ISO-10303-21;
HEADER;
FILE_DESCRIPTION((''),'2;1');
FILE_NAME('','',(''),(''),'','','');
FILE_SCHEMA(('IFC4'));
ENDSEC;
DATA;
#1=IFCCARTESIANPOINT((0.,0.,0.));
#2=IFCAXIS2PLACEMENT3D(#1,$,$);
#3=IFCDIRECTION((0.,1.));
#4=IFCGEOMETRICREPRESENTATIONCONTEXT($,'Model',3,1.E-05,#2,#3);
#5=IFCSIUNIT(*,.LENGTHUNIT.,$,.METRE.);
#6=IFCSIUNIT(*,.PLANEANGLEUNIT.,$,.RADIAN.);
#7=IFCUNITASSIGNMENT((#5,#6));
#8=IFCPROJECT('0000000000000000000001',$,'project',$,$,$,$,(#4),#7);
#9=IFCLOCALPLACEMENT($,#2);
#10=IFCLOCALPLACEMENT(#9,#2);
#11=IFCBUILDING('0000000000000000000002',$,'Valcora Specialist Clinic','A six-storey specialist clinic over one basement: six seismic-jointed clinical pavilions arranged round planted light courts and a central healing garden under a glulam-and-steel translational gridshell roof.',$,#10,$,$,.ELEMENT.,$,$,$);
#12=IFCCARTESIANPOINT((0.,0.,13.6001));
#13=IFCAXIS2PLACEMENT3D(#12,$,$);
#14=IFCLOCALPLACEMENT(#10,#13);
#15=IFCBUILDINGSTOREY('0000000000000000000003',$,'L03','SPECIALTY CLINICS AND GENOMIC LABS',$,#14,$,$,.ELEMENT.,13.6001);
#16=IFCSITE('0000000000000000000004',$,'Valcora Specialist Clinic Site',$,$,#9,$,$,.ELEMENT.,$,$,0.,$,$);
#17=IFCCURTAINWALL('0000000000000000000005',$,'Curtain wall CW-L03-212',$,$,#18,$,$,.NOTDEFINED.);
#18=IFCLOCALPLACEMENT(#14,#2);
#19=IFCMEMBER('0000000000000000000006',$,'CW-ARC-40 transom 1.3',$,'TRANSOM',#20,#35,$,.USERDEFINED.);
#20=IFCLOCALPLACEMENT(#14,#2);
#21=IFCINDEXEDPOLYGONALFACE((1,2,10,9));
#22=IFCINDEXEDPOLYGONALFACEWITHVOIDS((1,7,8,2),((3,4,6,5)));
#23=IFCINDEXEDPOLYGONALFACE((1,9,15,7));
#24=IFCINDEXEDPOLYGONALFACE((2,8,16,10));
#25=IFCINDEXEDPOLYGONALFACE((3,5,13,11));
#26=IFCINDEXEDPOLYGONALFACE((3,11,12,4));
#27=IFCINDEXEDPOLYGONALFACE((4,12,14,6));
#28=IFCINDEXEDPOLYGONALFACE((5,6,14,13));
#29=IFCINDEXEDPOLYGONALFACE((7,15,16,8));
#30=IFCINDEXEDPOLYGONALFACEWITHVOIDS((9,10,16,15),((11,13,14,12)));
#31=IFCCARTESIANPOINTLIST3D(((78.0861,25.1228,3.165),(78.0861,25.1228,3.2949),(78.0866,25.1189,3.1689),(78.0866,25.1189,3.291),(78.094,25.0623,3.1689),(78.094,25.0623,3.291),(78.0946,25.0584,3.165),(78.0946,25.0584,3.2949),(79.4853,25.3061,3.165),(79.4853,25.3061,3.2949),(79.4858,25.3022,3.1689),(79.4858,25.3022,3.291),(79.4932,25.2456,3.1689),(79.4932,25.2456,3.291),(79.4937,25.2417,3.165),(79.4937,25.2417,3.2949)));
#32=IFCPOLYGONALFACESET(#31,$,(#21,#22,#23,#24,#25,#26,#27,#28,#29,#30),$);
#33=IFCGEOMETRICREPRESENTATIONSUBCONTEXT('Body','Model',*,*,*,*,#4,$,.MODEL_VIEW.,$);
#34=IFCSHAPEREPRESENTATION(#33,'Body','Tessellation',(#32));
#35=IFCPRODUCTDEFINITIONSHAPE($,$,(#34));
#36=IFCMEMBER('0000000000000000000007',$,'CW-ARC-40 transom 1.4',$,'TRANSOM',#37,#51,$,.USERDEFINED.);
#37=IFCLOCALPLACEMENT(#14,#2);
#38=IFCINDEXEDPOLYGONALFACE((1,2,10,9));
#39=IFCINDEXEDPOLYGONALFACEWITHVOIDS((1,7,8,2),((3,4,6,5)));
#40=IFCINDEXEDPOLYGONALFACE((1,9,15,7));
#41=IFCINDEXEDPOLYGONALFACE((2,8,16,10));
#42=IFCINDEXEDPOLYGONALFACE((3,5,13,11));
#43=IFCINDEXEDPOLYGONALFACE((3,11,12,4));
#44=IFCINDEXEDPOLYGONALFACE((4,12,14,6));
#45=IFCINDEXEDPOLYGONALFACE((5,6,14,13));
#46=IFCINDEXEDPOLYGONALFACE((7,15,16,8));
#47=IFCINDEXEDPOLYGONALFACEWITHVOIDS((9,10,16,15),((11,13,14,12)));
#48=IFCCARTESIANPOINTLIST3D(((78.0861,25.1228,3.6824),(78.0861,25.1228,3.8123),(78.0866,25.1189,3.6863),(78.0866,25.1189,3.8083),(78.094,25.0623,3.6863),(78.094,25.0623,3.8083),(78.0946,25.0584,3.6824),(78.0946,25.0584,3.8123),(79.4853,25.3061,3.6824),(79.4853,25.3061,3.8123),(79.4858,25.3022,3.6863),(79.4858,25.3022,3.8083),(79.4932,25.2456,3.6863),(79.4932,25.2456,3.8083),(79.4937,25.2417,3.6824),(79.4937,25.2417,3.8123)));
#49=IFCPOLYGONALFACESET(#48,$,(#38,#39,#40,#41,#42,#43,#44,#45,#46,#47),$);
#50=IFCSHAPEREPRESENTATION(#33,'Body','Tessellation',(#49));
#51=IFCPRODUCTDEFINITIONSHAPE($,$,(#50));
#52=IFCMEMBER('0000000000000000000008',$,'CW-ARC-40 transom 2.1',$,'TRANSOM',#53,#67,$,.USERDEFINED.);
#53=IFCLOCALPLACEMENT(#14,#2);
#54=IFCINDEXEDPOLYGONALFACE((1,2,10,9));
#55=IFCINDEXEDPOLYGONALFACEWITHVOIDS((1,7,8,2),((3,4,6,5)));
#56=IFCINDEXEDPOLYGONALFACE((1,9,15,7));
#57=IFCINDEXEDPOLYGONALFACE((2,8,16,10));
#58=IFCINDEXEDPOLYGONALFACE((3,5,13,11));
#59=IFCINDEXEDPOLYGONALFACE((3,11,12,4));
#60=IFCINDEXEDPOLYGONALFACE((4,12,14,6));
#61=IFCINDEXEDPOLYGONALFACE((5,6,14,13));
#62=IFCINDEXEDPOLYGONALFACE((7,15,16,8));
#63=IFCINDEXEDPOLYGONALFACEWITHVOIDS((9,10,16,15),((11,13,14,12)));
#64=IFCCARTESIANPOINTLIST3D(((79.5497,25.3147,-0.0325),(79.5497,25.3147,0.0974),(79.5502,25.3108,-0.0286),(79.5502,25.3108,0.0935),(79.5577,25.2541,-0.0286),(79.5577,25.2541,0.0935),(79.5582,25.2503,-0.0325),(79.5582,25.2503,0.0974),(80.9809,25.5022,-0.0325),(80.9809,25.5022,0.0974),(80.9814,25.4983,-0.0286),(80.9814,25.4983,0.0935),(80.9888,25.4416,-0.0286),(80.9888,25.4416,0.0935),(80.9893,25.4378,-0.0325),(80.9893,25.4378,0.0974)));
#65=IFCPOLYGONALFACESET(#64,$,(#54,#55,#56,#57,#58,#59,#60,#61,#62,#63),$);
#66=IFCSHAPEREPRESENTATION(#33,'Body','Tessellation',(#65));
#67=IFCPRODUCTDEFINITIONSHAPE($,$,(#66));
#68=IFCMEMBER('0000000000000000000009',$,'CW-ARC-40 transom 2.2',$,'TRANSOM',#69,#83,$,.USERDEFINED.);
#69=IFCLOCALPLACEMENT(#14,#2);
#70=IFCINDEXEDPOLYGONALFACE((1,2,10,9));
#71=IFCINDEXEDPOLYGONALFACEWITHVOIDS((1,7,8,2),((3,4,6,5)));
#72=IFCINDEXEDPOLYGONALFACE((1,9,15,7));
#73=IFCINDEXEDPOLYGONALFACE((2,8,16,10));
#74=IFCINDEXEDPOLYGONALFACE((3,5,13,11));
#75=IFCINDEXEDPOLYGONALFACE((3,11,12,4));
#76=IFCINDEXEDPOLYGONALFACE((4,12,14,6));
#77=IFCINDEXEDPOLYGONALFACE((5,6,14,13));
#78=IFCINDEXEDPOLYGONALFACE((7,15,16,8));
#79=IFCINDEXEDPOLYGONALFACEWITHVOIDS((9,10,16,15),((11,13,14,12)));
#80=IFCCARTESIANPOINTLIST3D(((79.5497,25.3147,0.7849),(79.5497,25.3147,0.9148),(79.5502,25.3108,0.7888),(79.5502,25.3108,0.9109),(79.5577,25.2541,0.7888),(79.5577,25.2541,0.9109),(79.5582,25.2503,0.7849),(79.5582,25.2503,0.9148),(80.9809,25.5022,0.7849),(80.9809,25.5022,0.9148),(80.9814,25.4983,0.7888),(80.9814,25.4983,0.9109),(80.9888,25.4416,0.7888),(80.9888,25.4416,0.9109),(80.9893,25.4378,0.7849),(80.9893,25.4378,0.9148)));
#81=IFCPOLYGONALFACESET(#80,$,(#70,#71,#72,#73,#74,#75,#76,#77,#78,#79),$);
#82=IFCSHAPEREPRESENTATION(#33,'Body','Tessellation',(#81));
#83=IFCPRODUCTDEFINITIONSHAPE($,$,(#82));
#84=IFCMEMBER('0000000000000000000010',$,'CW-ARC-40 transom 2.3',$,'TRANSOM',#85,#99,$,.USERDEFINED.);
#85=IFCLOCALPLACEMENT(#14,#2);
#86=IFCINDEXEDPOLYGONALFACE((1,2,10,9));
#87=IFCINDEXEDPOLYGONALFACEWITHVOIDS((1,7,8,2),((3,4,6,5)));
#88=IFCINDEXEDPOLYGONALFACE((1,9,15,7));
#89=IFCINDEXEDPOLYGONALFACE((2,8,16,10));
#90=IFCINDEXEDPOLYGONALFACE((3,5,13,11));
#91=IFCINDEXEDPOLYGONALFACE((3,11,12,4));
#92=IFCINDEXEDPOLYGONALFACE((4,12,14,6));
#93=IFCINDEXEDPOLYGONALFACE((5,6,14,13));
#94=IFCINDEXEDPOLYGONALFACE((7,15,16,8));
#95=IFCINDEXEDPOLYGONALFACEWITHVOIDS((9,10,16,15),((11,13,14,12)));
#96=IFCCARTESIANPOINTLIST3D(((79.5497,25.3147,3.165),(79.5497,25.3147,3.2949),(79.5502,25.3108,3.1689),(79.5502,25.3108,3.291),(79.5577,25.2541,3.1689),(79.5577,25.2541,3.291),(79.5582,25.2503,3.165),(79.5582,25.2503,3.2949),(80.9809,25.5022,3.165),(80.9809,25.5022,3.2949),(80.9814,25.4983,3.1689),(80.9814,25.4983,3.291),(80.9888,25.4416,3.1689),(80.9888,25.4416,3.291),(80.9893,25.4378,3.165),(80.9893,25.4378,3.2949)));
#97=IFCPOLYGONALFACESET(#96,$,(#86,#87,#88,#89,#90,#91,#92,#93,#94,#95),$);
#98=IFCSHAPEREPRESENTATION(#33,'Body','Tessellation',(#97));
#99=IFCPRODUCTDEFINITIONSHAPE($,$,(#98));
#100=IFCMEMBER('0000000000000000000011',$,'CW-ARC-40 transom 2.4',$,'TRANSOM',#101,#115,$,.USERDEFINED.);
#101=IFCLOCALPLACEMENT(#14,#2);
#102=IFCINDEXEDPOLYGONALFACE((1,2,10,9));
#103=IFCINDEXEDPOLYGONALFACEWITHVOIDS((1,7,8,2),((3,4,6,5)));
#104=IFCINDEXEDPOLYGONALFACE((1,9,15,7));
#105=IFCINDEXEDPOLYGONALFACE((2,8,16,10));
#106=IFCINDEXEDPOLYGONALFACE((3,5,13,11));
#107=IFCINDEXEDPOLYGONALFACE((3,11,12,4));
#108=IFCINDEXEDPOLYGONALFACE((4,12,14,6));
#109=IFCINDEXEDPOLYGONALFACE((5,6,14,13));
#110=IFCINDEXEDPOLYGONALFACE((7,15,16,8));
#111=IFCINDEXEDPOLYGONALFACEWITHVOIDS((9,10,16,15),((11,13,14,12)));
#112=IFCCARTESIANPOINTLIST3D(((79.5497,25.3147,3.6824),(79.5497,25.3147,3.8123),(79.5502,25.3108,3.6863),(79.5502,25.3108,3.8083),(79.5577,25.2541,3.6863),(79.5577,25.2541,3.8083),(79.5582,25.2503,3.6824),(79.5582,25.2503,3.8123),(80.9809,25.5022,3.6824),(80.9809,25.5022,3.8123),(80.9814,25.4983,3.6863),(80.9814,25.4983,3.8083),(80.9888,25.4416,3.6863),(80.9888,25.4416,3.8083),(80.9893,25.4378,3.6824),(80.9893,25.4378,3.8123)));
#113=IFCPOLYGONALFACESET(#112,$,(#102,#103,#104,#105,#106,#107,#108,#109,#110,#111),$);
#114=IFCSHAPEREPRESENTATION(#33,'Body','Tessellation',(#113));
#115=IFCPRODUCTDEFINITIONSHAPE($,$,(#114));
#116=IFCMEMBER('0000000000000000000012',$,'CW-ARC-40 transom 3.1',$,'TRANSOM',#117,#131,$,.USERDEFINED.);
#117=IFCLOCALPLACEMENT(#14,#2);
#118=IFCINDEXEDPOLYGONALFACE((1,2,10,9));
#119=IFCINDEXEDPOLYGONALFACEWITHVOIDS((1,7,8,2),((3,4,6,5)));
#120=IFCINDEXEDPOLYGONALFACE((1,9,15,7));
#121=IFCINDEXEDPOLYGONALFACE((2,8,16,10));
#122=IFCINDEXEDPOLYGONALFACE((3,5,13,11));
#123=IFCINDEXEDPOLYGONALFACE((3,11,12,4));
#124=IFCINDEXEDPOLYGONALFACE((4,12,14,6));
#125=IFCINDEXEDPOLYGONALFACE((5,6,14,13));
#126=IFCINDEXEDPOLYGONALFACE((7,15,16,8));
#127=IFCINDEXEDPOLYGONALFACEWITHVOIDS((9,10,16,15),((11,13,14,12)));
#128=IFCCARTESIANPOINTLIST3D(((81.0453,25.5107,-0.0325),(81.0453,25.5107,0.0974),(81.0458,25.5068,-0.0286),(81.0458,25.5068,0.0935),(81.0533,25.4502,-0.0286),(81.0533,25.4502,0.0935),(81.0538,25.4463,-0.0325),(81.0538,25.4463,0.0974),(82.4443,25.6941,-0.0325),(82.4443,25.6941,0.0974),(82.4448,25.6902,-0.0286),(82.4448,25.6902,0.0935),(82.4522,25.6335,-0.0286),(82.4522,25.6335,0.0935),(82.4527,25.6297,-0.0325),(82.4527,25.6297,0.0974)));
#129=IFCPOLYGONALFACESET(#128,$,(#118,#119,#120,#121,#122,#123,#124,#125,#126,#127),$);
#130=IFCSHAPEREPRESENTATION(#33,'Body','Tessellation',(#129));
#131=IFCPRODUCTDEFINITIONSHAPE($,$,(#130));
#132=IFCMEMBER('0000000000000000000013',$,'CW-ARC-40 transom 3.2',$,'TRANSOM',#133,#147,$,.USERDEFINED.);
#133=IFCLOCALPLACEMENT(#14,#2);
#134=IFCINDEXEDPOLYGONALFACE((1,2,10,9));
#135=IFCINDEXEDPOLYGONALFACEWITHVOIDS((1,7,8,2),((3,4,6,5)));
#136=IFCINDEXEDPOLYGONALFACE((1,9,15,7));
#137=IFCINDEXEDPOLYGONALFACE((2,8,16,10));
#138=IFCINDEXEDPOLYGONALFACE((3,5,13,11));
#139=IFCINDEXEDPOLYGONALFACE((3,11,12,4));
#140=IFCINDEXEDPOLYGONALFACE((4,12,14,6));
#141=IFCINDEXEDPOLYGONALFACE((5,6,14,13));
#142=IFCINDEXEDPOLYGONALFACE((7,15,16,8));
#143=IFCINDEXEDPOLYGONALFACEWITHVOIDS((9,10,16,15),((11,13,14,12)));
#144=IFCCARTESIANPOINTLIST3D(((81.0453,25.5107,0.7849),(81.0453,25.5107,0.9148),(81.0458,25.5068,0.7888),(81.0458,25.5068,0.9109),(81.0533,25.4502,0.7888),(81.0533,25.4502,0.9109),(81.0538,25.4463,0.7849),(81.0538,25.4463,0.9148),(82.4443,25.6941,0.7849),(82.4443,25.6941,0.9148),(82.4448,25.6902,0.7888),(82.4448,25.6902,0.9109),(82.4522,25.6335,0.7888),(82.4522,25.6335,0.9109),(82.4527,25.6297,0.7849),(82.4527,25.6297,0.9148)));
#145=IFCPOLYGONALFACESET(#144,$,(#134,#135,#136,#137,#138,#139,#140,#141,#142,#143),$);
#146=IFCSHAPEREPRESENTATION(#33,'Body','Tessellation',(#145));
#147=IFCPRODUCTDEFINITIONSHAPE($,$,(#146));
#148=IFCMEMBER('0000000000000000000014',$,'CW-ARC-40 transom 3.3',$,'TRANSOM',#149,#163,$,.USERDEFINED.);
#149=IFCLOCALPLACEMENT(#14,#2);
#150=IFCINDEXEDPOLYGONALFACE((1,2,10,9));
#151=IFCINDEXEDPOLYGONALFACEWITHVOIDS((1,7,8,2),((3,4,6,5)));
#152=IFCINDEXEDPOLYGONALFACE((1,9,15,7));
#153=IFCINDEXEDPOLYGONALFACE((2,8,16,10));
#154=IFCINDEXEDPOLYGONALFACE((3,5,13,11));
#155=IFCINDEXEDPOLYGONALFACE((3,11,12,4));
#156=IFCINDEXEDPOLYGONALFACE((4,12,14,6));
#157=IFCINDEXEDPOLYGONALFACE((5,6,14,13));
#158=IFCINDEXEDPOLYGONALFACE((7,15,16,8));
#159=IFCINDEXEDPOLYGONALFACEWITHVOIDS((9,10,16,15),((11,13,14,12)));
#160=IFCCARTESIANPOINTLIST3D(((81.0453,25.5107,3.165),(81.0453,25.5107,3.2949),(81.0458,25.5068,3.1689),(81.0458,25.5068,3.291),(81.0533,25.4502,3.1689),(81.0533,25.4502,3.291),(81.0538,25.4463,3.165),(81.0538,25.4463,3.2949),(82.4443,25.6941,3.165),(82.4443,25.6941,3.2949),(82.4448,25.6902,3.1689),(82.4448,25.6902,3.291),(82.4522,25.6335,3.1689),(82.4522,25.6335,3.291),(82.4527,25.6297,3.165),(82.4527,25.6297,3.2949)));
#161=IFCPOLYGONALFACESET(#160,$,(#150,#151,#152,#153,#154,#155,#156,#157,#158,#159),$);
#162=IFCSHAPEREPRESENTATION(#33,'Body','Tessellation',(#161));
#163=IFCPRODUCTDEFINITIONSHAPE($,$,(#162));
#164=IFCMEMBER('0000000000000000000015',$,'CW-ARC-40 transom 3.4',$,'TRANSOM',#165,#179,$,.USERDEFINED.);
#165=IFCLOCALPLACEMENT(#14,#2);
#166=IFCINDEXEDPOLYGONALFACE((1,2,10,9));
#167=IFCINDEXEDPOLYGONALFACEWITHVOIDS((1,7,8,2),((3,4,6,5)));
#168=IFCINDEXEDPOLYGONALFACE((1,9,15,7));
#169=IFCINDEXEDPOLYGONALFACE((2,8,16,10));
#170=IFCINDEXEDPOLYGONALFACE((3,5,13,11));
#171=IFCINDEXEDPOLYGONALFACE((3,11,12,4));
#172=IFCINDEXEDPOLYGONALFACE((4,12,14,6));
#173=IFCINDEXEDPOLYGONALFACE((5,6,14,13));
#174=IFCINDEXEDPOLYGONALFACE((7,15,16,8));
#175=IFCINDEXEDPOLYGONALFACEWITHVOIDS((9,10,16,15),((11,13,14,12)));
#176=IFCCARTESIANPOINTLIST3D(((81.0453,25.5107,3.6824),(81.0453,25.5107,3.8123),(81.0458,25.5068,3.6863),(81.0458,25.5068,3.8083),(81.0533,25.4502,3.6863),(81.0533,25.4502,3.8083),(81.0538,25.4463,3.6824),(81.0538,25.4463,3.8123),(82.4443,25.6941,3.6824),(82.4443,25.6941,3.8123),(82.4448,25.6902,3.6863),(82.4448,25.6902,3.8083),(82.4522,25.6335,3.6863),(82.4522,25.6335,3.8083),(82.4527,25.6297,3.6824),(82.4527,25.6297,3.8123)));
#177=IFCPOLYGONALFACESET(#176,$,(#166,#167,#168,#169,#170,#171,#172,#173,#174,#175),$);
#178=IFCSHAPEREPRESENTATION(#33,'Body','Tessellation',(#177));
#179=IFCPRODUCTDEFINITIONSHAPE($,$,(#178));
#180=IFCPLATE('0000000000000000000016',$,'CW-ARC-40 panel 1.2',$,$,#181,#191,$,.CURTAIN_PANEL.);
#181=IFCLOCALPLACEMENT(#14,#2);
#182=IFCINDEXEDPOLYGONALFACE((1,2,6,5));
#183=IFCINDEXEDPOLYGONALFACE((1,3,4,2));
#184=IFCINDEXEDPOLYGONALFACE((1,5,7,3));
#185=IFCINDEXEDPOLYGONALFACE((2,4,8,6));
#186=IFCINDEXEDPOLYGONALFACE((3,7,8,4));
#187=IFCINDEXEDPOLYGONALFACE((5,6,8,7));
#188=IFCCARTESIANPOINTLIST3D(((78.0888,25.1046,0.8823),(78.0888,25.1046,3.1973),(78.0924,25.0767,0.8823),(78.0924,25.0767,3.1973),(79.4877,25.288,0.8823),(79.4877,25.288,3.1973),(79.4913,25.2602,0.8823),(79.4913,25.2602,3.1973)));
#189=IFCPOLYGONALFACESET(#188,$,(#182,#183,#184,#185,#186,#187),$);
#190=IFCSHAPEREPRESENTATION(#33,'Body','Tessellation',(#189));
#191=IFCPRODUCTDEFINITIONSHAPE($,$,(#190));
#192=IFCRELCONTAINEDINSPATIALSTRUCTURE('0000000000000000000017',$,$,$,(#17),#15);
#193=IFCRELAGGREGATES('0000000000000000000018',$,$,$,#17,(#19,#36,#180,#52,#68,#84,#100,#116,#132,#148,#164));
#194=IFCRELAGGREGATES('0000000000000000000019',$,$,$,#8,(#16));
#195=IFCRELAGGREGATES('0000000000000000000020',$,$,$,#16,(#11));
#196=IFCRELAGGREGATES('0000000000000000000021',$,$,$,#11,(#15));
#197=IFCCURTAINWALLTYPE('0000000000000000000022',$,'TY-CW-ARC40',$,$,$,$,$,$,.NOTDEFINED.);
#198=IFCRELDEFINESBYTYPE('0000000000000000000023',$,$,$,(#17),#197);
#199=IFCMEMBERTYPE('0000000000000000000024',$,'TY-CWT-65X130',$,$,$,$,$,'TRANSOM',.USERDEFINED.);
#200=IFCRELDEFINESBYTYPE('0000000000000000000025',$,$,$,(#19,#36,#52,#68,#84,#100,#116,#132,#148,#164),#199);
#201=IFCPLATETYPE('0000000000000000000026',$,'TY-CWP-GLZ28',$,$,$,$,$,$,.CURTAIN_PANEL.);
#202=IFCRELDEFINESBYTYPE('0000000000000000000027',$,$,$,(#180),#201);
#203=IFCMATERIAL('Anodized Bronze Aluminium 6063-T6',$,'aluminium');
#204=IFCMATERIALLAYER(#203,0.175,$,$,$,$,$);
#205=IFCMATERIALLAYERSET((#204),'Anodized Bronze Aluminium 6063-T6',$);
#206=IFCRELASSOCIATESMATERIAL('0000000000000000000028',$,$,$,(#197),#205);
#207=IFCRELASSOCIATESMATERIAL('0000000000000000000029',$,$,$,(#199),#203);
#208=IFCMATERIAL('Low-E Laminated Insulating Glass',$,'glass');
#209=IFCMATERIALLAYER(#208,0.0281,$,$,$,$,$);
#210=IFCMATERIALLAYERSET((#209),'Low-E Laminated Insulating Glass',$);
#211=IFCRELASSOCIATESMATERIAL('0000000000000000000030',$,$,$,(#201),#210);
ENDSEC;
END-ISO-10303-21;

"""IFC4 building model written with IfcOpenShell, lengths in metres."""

from ifc_helpers import new_model, si_unit, direction, frame, origin, origin_2d, place, context, subcontext, project, spatial, rectangle, hollow_rectangle, extrude, material, layer, layer_set, material_profile, profile_set, type_object, element, aggregate, save


model = new_model("IFC4")

# Units and contexts
model_context = context("Model", 3, precision=1e-05, world=origin(), true_north=direction((0.0, 1.0)))
body_context = subcontext(model_context, "Body", "Model", "MODEL_VIEW")
ifc_project = project(units=[si_unit("LENGTHUNIT", "METRE"), si_unit("PLANEANGLEUNIT", "RADIAN")], contexts=[model_context])

# Site, building, storey
site_placement = place(None, origin())
site = spatial("IfcSite", under=ifc_project, at=site_placement, Name="Valcora Specialist Clinic Site", CompositionType="ELEMENT", RefElevation=0.0)
building_placement = place(site_placement, origin())
building = spatial("IfcBuilding", under=site, at=building_placement, Name="Valcora Specialist Clinic", Description="A six-storey specialist clinic over one basement: six seismic-jointed clinical pavilions arranged round planted light courts and a central healing garden under a glulam-and-steel translational gridshell roof.", CompositionType="ELEMENT")
storey_placement = place(building_placement, frame((0.0, 0.0, 13.6001)))
storey = spatial("IfcBuildingStorey", under=building, at=storey_placement, Name="L03", Description="SPECIALTY CLINICS AND GENOMIC LABS", CompositionType="ELEMENT", Elevation=13.6001)

# Curtain wall
ifc_material_1 = material(Name="Anodized Bronze Aluminium 6063-T6", Category="aluminium")
ifc_layer_1 = layer(ifc_material_1, 0.175)
ifc_layer_set_1 = layer_set([ifc_layer_1], Name="Anodized Bronze Aluminium 6063-T6")
curtain_wall_type = type_object("IfcCurtainWallType", Name="TY-CW-ARC40", PredefinedType="NOTDEFINED", material=ifc_layer_set_1)
curtain_wall_1_placement = place(storey_placement, origin())
curtain_wall_1 = element("IfcCurtainWall", 1, at=curtain_wall_1_placement, inside=storey, type_object=curtain_wall_type, Name="Curtain wall CW-L03-212", PredefinedType="NOTDEFINED")

# Members
ifc_material_profile_1 = material_profile(ifc_material_1, hollow_rectangle(XDim=0.0649, YDim=0.1299, WallThickness=0.0039, at=origin_2d()), Name="AL-TRN-65X130")
ifc_profile_set_1 = profile_set([ifc_material_profile_1], Name="Anodized Bronze Aluminium 6063-T6")
member_type_1 = type_object("IfcMemberType", Name="TY-CWT-65X130", ElementType="TRANSOM", PredefinedType="USERDEFINED", material=ifc_profile_set_1)
member_1_placement = place(storey_placement, frame((78.0903, 25.0906, 3.23), z_axis=(0.991523, 0.129931, 0.0), x_axis=(-0.129931, 0.991523, 0.0)))
member_1 = element("IfcMember", 2, at=member_1_placement, type_object=member_type_1, Name="CW-ARC-40 transom 1.3", ObjectType="TRANSOM", PredefinedType="USERDEFINED", context=body_context, shape_type="SweptSolid", body=[
    extrude(hollow_rectangle(XDim=0.0649, YDim=0.1299, WallThickness=0.0039, at=origin_2d()), origin(), (0.0, 0.0, 1.0), 1.4111),
])
member_2_placement = place(storey_placement, frame((78.0903, 25.0906, 3.7473), z_axis=(0.991523, 0.129931, 0.0), x_axis=(-0.129931, 0.991523, 0.0)))
member_2 = element("IfcMember", 3, at=member_2_placement, type_object=member_type_1, Name="CW-ARC-40 transom 1.4", ObjectType="TRANSOM", PredefinedType="USERDEFINED", context=body_context, shape_type="SweptSolid", body=[
    extrude(hollow_rectangle(XDim=0.0649, YDim=0.1299, WallThickness=0.0039, at=origin_2d()), origin(), (0.0, 0.0, 1.0), 1.4111),
])
member_3_placement = place(storey_placement, frame((79.554, 25.2825, 0.0325), z_axis=(0.991527, 0.129903, 0.0), x_axis=(-0.129903, 0.991527, 0.0)))
member_3 = element("IfcMember", 4, at=member_3_placement, type_object=member_type_1, Name="CW-ARC-40 transom 2.1", ObjectType="TRANSOM", PredefinedType="USERDEFINED", context=body_context, shape_type="SweptSolid", body=[
    extrude(hollow_rectangle(XDim=0.0649, YDim=0.1299, WallThickness=0.0039, at=origin_2d()), origin(), (0.0, 0.0, 1.0), 1.4434),
])
member_4_placement = place(storey_placement, frame((79.554, 25.2825, 0.8499), z_axis=(0.991527, 0.129903, 0.0), x_axis=(-0.129903, 0.991527, 0.0)))
member_4 = element("IfcMember", 5, at=member_4_placement, type_object=member_type_1, Name="CW-ARC-40 transom 2.2", ObjectType="TRANSOM", PredefinedType="USERDEFINED", context=body_context, shape_type="SweptSolid", body=[
    extrude(hollow_rectangle(XDim=0.0649, YDim=0.1299, WallThickness=0.0039, at=origin_2d()), origin(), (0.0, 0.0, 1.0), 1.4434),
])
member_5_placement = place(storey_placement, frame((79.554, 25.2825, 3.23), z_axis=(0.991527, 0.129903, 0.0), x_axis=(-0.129903, 0.991527, 0.0)))
member_5 = element("IfcMember", 6, at=member_5_placement, type_object=member_type_1, Name="CW-ARC-40 transom 2.3", ObjectType="TRANSOM", PredefinedType="USERDEFINED", context=body_context, shape_type="SweptSolid", body=[
    extrude(hollow_rectangle(XDim=0.0649, YDim=0.1299, WallThickness=0.0039, at=origin_2d()), origin(), (0.0, 0.0, 1.0), 1.4434),
])
member_6_placement = place(storey_placement, frame((79.554, 25.2825, 3.7473), z_axis=(0.991527, 0.129903, 0.0), x_axis=(-0.129903, 0.991527, 0.0)))
member_6 = element("IfcMember", 7, at=member_6_placement, type_object=member_type_1, Name="CW-ARC-40 transom 2.4", ObjectType="TRANSOM", PredefinedType="USERDEFINED", context=body_context, shape_type="SweptSolid", body=[
    extrude(hollow_rectangle(XDim=0.0649, YDim=0.1299, WallThickness=0.0039, at=origin_2d()), origin(), (0.0, 0.0, 1.0), 1.4434),
])
member_7_placement = place(storey_placement, frame((81.0496, 25.4785, 0.0325), z_axis=(0.99152, 0.129953, 0.0), x_axis=(-0.129953, 0.99152, 0.0)))
member_7 = element("IfcMember", 8, at=member_7_placement, type_object=member_type_1, Name="CW-ARC-40 transom 3.1", ObjectType="TRANSOM", PredefinedType="USERDEFINED", context=body_context, shape_type="SweptSolid", body=[
    extrude(hollow_rectangle(XDim=0.0649, YDim=0.1299, WallThickness=0.0039, at=origin_2d()), origin(), (0.0, 0.0, 1.0), 1.4109),
])
member_8_placement = place(storey_placement, frame((81.0496, 25.4785, 0.8499), z_axis=(0.99152, 0.129953, 0.0), x_axis=(-0.129953, 0.99152, 0.0)))
member_8 = element("IfcMember", 9, at=member_8_placement, type_object=member_type_1, Name="CW-ARC-40 transom 3.2", ObjectType="TRANSOM", PredefinedType="USERDEFINED", context=body_context, shape_type="SweptSolid", body=[
    extrude(hollow_rectangle(XDim=0.0649, YDim=0.1299, WallThickness=0.0039, at=origin_2d()), origin(), (0.0, 0.0, 1.0), 1.4109),
])
member_9_placement = place(storey_placement, frame((81.0496, 25.4785, 3.23), z_axis=(0.99152, 0.129953, 0.0), x_axis=(-0.129953, 0.99152, 0.0)))
member_9 = element("IfcMember", 10, at=member_9_placement, type_object=member_type_1, Name="CW-ARC-40 transom 3.3", ObjectType="TRANSOM", PredefinedType="USERDEFINED", context=body_context, shape_type="SweptSolid", body=[
    extrude(hollow_rectangle(XDim=0.0649, YDim=0.1299, WallThickness=0.0039, at=origin_2d()), origin(), (0.0, 0.0, 1.0), 1.4109),
])
member_10_placement = place(storey_placement, frame((81.0496, 25.4785, 3.7473), z_axis=(0.99152, 0.129953, 0.0), x_axis=(-0.129953, 0.99152, 0.0)))
member_10 = element("IfcMember", 11, at=member_10_placement, type_object=member_type_1, Name="CW-ARC-40 transom 3.4", ObjectType="TRANSOM", PredefinedType="USERDEFINED", context=body_context, shape_type="SweptSolid", body=[
    extrude(hollow_rectangle(XDim=0.0649, YDim=0.1299, WallThickness=0.0039, at=origin_2d()), origin(), (0.0, 0.0, 1.0), 1.4109),
])

# Plate
ifc_material_2 = material(Name="Low-E Laminated Insulating Glass", Category="glass")
ifc_layer_2 = layer(ifc_material_2, 0.0281)
ifc_layer_set_2 = layer_set([ifc_layer_2], Name="Low-E Laminated Insulating Glass")
plate_type_1 = type_object("IfcPlateType", Name="TY-CWP-GLZ28", PredefinedType="CURTAIN_PANEL", material=ifc_layer_set_2)
plate_1_placement = place(storey_placement, frame((78.79, 25.1824, 0.8823), z_axis=(0.0, 0.0, 1.0), x_axis=(0.991514, 0.129999, 0.0)))
plate_1 = element("IfcPlate", 12, at=plate_1_placement, type_object=plate_type_1, Name="CW-ARC-40 panel 1.2", PredefinedType="CURTAIN_PANEL", context=body_context, shape_type="SweptSolid", body=[
    extrude(rectangle(XDim=1.4109, YDim=0.0281, at=origin_2d()), origin(), (0.0, 0.0, 1.0), 2.3149),
])
aggregate(curtain_wall_1, [member_1, member_2, plate_1, member_3, member_4, member_5, member_6, member_7, member_8, member_9, member_10])

save(model, "model.ifc")
